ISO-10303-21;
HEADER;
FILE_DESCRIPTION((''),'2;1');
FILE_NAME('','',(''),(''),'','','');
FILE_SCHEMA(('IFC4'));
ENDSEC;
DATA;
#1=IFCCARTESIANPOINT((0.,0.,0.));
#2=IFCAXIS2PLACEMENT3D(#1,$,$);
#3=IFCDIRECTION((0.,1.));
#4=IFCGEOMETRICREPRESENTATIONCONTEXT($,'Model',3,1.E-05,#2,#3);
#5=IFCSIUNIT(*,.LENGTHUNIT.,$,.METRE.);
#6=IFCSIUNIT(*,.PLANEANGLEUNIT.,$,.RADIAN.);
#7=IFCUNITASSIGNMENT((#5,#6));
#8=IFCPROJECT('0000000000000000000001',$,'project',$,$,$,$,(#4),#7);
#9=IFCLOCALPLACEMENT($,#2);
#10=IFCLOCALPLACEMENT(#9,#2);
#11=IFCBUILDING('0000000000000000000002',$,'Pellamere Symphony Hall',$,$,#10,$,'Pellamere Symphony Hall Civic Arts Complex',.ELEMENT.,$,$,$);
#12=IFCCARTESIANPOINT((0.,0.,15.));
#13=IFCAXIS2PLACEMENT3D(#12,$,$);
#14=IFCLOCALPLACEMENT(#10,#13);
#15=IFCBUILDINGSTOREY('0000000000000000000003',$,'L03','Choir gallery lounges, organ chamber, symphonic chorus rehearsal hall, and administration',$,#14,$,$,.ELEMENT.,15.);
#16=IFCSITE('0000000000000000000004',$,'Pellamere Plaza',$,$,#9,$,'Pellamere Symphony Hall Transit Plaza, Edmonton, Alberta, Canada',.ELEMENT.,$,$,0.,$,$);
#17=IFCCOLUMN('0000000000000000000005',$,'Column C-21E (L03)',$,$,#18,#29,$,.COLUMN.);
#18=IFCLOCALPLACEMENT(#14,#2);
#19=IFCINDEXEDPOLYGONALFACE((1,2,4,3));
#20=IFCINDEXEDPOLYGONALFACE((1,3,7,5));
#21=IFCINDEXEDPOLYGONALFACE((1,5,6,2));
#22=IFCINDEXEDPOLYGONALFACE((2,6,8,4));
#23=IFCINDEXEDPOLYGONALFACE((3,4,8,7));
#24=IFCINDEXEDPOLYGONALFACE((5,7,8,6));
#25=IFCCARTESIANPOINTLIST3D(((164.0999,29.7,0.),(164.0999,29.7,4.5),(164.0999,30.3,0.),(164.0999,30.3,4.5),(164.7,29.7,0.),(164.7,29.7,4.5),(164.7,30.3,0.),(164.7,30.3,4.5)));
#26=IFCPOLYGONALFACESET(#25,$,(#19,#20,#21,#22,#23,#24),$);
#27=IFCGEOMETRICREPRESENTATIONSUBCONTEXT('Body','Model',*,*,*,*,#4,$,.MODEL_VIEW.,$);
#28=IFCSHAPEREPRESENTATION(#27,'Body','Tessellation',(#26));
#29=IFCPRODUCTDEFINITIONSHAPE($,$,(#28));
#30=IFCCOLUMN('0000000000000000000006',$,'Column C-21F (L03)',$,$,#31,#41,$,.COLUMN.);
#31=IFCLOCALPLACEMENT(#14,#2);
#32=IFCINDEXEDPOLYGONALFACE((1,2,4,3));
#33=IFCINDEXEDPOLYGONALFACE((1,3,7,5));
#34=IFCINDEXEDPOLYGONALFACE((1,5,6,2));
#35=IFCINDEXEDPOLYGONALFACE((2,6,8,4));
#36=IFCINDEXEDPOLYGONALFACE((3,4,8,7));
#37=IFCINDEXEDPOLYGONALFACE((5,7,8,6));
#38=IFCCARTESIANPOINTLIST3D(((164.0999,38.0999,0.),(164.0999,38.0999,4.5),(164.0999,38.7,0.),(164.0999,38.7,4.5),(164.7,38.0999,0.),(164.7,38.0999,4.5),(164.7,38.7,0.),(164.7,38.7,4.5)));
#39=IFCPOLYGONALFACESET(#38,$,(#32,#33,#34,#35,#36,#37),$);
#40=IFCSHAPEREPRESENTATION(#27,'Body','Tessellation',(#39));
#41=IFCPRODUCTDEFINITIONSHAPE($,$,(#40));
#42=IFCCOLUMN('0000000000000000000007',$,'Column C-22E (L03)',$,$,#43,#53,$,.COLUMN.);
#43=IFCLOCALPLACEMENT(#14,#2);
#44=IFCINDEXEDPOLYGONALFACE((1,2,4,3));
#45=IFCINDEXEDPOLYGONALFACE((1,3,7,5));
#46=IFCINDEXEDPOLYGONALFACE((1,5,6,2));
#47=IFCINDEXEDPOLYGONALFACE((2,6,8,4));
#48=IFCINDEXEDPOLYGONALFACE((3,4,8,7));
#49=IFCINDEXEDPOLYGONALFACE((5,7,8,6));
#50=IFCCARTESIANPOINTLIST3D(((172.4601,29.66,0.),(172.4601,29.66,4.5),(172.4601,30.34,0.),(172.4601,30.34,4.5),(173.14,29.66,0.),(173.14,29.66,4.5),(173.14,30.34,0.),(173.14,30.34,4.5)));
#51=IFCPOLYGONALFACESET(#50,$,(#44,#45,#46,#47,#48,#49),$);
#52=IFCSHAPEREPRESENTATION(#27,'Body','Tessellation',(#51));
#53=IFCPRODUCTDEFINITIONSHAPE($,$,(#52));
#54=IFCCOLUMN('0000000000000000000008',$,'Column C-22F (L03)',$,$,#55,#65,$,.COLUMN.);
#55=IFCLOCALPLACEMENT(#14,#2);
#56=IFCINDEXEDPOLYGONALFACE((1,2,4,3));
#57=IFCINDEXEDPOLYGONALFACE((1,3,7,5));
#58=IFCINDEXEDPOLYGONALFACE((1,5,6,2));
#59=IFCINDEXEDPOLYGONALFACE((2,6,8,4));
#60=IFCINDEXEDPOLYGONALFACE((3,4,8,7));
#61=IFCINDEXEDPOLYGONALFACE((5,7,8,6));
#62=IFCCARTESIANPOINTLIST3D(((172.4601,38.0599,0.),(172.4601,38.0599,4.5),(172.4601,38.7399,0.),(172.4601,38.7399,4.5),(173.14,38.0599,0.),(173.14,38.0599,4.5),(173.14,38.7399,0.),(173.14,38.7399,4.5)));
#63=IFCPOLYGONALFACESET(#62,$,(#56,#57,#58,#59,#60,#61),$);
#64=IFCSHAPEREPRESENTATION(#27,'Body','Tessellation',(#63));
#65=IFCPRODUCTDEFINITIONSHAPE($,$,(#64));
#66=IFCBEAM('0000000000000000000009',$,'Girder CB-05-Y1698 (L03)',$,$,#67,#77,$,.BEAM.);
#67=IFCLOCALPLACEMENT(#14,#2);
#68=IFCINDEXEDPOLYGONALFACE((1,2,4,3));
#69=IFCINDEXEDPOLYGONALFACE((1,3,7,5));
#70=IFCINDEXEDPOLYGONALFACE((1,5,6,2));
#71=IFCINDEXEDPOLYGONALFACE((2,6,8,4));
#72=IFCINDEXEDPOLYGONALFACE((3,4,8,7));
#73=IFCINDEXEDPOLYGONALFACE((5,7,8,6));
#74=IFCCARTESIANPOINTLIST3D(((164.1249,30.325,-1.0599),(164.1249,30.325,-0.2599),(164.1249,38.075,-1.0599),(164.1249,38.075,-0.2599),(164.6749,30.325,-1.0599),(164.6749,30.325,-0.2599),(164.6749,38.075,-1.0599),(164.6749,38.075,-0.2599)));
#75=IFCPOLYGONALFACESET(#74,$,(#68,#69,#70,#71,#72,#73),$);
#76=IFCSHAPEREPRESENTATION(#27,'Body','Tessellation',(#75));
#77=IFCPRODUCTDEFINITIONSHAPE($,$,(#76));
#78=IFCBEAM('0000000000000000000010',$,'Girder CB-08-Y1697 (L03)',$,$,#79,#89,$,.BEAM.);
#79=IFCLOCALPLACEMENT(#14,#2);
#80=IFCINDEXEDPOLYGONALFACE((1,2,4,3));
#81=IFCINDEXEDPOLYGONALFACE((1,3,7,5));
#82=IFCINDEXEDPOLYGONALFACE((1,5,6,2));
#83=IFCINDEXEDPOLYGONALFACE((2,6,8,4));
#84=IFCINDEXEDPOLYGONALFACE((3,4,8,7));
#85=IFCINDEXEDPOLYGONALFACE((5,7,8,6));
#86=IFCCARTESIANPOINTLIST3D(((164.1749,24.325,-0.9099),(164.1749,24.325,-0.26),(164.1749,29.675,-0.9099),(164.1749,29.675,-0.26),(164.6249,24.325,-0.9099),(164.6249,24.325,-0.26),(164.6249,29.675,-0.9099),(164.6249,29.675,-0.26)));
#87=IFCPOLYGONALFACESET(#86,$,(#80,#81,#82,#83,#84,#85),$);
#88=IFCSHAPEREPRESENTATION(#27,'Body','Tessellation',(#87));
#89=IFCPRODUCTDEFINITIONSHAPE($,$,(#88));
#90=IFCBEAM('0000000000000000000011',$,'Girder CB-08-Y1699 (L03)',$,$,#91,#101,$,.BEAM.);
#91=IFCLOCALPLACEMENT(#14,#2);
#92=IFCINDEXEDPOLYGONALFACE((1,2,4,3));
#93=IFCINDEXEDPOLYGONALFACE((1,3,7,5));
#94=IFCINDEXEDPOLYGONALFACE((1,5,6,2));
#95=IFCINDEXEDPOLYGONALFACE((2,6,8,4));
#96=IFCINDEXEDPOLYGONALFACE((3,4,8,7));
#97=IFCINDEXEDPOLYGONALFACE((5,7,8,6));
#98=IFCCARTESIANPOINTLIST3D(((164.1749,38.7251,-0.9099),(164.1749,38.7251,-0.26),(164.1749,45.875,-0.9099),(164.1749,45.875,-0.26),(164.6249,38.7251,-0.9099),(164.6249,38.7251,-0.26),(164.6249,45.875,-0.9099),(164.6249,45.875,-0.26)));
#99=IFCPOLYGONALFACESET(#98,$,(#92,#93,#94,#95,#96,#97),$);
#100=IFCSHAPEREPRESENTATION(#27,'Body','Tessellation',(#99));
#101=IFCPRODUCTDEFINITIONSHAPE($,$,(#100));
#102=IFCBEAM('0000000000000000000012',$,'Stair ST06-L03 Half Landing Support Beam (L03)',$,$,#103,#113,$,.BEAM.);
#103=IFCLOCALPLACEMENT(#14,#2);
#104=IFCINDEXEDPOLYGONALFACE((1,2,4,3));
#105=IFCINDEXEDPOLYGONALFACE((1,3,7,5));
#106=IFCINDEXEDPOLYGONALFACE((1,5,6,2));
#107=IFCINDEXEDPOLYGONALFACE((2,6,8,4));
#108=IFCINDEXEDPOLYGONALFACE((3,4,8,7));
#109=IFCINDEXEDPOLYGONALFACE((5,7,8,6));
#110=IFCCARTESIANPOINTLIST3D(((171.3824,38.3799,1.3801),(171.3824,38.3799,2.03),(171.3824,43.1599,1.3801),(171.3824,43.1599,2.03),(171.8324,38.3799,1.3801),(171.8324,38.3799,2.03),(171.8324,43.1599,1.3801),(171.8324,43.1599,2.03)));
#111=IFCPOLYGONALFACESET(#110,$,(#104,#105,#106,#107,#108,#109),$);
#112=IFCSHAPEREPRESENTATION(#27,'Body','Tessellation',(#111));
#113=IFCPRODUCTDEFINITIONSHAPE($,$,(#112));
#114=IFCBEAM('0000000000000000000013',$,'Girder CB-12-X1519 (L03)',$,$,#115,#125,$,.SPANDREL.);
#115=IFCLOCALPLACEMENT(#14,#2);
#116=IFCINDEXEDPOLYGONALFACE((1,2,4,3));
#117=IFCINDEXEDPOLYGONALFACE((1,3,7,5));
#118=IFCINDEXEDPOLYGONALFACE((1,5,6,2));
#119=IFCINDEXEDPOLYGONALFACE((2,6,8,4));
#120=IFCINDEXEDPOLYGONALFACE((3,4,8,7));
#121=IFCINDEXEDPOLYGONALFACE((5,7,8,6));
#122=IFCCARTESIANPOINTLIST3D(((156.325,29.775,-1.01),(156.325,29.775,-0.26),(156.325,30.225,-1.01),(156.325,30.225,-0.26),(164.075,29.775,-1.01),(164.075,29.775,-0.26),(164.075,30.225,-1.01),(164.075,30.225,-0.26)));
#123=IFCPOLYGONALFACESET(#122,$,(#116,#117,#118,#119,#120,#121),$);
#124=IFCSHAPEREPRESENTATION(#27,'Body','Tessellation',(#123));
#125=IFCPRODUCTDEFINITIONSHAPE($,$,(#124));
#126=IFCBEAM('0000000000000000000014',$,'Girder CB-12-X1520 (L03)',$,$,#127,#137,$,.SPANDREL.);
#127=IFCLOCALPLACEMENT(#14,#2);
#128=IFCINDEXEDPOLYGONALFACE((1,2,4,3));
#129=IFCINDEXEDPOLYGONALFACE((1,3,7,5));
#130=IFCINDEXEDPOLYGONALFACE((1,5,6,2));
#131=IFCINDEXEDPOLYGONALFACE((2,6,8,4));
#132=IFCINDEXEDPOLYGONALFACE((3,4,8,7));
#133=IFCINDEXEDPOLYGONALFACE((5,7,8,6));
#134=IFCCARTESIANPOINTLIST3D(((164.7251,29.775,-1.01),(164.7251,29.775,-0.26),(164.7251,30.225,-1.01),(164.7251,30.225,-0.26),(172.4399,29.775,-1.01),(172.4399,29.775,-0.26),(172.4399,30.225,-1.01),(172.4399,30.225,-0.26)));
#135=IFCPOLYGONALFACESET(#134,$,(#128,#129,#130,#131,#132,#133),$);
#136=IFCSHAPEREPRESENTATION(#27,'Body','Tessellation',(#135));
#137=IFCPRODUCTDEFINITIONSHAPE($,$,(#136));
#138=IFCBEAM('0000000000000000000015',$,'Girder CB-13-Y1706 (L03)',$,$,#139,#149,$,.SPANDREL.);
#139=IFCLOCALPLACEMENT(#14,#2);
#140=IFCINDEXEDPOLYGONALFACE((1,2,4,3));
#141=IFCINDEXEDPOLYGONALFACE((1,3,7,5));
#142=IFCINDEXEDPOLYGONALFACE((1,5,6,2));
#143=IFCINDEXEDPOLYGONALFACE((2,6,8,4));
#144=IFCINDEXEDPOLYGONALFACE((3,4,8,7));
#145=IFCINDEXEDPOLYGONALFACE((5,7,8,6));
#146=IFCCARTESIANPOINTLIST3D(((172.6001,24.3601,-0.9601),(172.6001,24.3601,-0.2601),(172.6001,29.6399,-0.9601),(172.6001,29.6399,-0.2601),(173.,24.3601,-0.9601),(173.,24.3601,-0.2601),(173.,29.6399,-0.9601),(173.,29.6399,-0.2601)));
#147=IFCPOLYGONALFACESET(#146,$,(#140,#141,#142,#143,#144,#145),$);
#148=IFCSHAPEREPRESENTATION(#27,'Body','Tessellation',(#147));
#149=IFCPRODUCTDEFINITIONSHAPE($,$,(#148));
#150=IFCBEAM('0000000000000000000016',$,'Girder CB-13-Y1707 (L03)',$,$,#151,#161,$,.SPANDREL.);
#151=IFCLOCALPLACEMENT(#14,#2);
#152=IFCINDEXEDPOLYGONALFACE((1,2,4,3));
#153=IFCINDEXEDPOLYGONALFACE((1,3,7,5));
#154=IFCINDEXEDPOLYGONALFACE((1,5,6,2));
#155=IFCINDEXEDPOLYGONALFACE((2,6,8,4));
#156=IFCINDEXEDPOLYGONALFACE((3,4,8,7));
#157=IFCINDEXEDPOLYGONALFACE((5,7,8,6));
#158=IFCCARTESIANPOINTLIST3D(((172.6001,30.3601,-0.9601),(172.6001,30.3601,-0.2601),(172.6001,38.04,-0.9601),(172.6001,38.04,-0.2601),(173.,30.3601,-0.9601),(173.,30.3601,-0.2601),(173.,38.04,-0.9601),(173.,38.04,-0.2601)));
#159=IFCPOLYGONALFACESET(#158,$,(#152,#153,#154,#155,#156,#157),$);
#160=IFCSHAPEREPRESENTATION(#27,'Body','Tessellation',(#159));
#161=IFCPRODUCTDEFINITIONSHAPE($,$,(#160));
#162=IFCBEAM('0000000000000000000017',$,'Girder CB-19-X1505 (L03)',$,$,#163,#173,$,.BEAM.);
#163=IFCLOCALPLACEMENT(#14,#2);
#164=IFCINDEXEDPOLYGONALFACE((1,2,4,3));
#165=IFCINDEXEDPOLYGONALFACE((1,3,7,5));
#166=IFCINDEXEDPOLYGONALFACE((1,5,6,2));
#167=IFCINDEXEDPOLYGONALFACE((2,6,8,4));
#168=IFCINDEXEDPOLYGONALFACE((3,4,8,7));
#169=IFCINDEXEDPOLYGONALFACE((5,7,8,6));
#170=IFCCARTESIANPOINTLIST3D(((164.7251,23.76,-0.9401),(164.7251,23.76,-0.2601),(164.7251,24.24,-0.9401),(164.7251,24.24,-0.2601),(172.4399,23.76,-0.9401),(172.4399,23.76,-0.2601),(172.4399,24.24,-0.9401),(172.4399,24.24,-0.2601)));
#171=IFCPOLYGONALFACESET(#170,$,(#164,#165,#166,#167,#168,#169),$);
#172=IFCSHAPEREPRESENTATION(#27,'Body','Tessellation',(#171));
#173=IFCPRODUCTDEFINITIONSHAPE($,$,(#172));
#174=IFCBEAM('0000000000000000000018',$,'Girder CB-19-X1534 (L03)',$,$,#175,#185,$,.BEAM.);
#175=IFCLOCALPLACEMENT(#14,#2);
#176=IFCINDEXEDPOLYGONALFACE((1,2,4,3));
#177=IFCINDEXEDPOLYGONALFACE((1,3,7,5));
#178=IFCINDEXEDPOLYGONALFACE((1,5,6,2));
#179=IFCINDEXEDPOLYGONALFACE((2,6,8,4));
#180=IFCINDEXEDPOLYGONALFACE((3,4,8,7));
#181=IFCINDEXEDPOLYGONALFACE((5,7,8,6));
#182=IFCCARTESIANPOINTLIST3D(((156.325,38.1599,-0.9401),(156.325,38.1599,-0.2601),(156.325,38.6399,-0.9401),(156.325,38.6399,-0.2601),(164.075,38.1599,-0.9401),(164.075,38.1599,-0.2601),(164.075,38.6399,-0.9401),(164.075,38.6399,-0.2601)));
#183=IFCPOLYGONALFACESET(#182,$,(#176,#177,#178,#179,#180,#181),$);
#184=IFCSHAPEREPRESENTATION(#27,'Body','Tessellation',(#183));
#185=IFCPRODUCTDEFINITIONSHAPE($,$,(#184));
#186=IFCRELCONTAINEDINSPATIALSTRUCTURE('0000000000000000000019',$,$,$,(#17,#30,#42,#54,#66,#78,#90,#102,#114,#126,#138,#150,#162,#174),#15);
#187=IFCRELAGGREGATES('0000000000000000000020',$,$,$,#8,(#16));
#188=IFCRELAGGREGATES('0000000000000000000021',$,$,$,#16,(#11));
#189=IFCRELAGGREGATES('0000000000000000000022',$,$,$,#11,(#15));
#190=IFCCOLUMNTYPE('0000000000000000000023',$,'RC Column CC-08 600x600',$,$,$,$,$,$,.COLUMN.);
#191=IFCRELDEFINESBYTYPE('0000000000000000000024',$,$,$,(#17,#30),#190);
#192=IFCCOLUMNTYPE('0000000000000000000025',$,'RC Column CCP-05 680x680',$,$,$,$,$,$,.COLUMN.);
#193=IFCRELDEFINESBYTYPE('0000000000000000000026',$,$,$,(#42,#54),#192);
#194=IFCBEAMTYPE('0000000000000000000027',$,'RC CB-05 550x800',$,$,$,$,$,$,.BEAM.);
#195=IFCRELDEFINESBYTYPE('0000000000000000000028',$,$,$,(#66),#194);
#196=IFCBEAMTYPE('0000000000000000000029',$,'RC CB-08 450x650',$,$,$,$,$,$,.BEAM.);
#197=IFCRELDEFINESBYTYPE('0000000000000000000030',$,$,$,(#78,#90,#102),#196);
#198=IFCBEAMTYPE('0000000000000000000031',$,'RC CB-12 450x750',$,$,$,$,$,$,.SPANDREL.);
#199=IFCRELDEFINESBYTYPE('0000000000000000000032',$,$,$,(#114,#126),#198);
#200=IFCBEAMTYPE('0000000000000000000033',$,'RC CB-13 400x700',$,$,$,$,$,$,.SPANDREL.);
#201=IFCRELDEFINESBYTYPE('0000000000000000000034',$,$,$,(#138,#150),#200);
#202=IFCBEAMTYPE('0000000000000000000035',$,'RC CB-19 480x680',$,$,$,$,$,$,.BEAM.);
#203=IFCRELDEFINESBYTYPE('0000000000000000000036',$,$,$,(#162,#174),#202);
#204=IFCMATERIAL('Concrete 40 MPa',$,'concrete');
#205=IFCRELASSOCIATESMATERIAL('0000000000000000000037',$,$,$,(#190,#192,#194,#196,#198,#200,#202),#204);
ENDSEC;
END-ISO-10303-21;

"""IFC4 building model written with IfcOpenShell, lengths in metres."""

from ifc_helpers import new_model, si_unit, direction, frame, origin, origin_2d, place, context, subcontext, project, spatial, rectangle, extrude, material, material_profile, profile_set, type_object, element, save


model = new_model("IFC4")

# Units and contexts
model_context = context("Model", 3, precision=1e-05, world=origin(), true_north=direction((0.0, 1.0)))
body_context = subcontext(model_context, "Body", "Model", "MODEL_VIEW")
ifc_project = project(units=[si_unit("LENGTHUNIT", "METRE"), si_unit("PLANEANGLEUNIT", "RADIAN")], contexts=[model_context])

# Site, building, storey
site_placement = place(None, origin())
site = spatial("IfcSite", under=ifc_project, at=site_placement, Name="Pellamere Plaza", LongName="Pellamere Symphony Hall Transit Plaza, Edmonton, Alberta, Canada", CompositionType="ELEMENT", RefElevation=0.0)
building_placement = place(site_placement, origin())
building = spatial("IfcBuilding", under=site, at=building_placement, Name="Pellamere Symphony Hall", LongName="Pellamere Symphony Hall Civic Arts Complex", CompositionType="ELEMENT")
storey_placement = place(building_placement, frame((0.0, 0.0, 15.0)))
storey = spatial("IfcBuildingStorey", under=building, at=storey_placement, Name="L03", Description="Choir gallery lounges, organ chamber, symphonic chorus rehearsal hall, and administration", CompositionType="ELEMENT", Elevation=15.0)

# Columns
ifc_material_1 = material(Name="Concrete 40 MPa", Category="concrete")
ifc_material_profile_1 = material_profile(ifc_material_1, rectangle(XDim=0.6001, YDim=0.6001, at=origin_2d()), Name="RC 600x600")
ifc_profile_set_1 = profile_set([ifc_material_profile_1], Name="Concrete 40 MPa")
column_type_1 = type_object("IfcColumnType", Name="RC Column CC-08 600x600", PredefinedType="COLUMN", material=ifc_profile_set_1)
for number, where, z_axis, x_axis, name in (
    (1, (164.3999, 30.0, 0.0), (0.0, 0.0, 1.0), (1.0, 0.0, 0.0), "Column C-21E (L03)"),
    (2, (164.3999, 38.3999, 0.0), (0.0, 0.0, 1.0), (1.0, 0.0, 0.0), "Column C-21F (L03)"),
):
    element("IfcColumn", number, at=place(storey_placement, frame(where, z_axis=z_axis, x_axis=x_axis)), inside=storey, type_object=column_type_1, Name=name, PredefinedType="COLUMN", context=body_context, shape_type="SweptSolid", body=[
        extrude(rectangle(XDim=0.6001, YDim=0.6001, at=origin_2d()), origin(), (0.0, 0.0, 1.0), 4.5),
    ])
ifc_material_profile_2 = material_profile(ifc_material_1, rectangle(XDim=0.6799, YDim=0.6799, at=origin_2d()), Name="RC 680x680")
ifc_profile_set_2 = profile_set([ifc_material_profile_2], Name="Concrete 40 MPa")
column_type_2 = type_object("IfcColumnType", Name="RC Column CCP-05 680x680", PredefinedType="COLUMN", material=ifc_profile_set_2)
for number, where, z_axis, x_axis, name in (
    (3, (172.8, 30.0, 0.0), (0.0, 0.0, 1.0), (1.0, 0.0, 0.0), "Column C-22E (L03)"),
    (4, (172.8, 38.3999, 0.0), (0.0, 0.0, 1.0), (1.0, 0.0, 0.0), "Column C-22F (L03)"),
):
    element("IfcColumn", number, at=place(storey_placement, frame(where, z_axis=z_axis, x_axis=x_axis)), inside=storey, type_object=column_type_2, Name=name, PredefinedType="COLUMN", context=body_context, shape_type="SweptSolid", body=[
        extrude(rectangle(XDim=0.6799, YDim=0.6799, at=origin_2d()), origin(), (0.0, 0.0, 1.0), 4.5),
    ])

# Beams
ifc_material_profile_3 = material_profile(ifc_material_1, rectangle(XDim=0.55, YDim=0.8, at=origin_2d()), Name="RC 550x800")
ifc_profile_set_3 = profile_set([ifc_material_profile_3], Name="Concrete 40 MPa")
beam_type_1 = type_object("IfcBeamType", Name="RC CB-05 550x800", PredefinedType="BEAM", material=ifc_profile_set_3)
beam_1_placement = place(storey_placement, frame((164.3999, 30.325, -0.6599), z_axis=(0.0, 1.0, 0.0), x_axis=(-1.0, 0.0, 0.0)))
element("IfcBeam", 5, at=beam_1_placement, inside=storey, type_object=beam_type_1, Name="Girder CB-05-Y1698 (L03)", PredefinedType="BEAM", context=body_context, shape_type="SweptSolid", body=[
    extrude(rectangle(XDim=0.55, YDim=0.8, at=origin_2d()), origin(), (0.0, 0.0, 1.0), 7.75),
])
ifc_material_profile_4 = material_profile(ifc_material_1, rectangle(XDim=0.45, YDim=0.6499, at=origin_2d()), Name="RC 450x650")
ifc_profile_set_4 = profile_set([ifc_material_profile_4], Name="Concrete 40 MPa")
beam_type_2 = type_object("IfcBeamType", Name="RC CB-08 450x650", PredefinedType="BEAM", material=ifc_profile_set_4)
beam_2_placement = place(storey_placement, frame((164.3999, 24.325, -0.585), z_axis=(0.0, 1.0, 0.0), x_axis=(-1.0, 0.0, 0.0)))
element("IfcBeam", 6, at=beam_2_placement, inside=storey, type_object=beam_type_2, Name="Girder CB-08-Y1697 (L03)", PredefinedType="BEAM", context=body_context, shape_type="SweptSolid", body=[
    extrude(rectangle(XDim=0.45, YDim=0.6499, at=origin_2d()), origin(), (0.0, 0.0, 1.0), 5.3501),
])
beam_3_placement = place(storey_placement, frame((164.3999, 38.7251, -0.585), z_axis=(0.0, 1.0, 0.0), x_axis=(-1.0, 0.0, 0.0)))
element("IfcBeam", 7, at=beam_3_placement, inside=storey, type_object=beam_type_2, Name="Girder CB-08-Y1699 (L03)", PredefinedType="BEAM", context=body_context, shape_type="SweptSolid", body=[
    extrude(rectangle(XDim=0.45, YDim=0.6499, at=origin_2d()), origin(), (0.0, 0.0, 1.0), 7.1499),
])
beam_4_placement = place(storey_placement, frame((171.6074, 38.3799, 1.7051), z_axis=(0.0, 1.0, 0.0), x_axis=(-1.0, 0.0, 0.0)))
element("IfcBeam", 8, at=beam_4_placement, inside=storey, type_object=beam_type_2, Name="Stair ST06-L03 Half Landing Support Beam (L03)", PredefinedType="BEAM", context=body_context, shape_type="SweptSolid", body=[
    extrude(rectangle(XDim=0.45, YDim=0.6499, at=origin_2d()), origin(), (0.0, 0.0, 1.0), 4.78),
])
ifc_material_profile_5 = material_profile(ifc_material_1, rectangle(XDim=0.45, YDim=0.75, at=origin_2d()), Name="RC 450x750")
ifc_profile_set_5 = profile_set([ifc_material_profile_5], Name="Concrete 40 MPa")
beam_type_3 = type_object("IfcBeamType", Name="RC CB-12 450x750", PredefinedType="SPANDREL", material=ifc_profile_set_5)
beam_5_placement = place(storey_placement, frame((156.325, 30.0, -0.635), z_axis=(1.0, 0.0, 0.0), x_axis=(0.0, 1.0, 0.0)))
element("IfcBeam", 9, at=beam_5_placement, inside=storey, type_object=beam_type_3, Name="Girder CB-12-X1519 (L03)", PredefinedType="SPANDREL", context=body_context, shape_type="SweptSolid", body=[
    extrude(rectangle(XDim=0.45, YDim=0.75, at=origin_2d()), origin(), (0.0, 0.0, 1.0), 7.75),
])
beam_6_placement = place(storey_placement, frame((164.7251, 30.0, -0.635), z_axis=(1.0, 0.0, 0.0), x_axis=(0.0, 1.0, 0.0)))
element("IfcBeam", 10, at=beam_6_placement, inside=storey, type_object=beam_type_3, Name="Girder CB-12-X1520 (L03)", PredefinedType="SPANDREL", context=body_context, shape_type="SweptSolid", body=[
    extrude(rectangle(XDim=0.45, YDim=0.75, at=origin_2d()), origin(), (0.0, 0.0, 1.0), 7.7148),
])
ifc_material_profile_6 = material_profile(ifc_material_1, rectangle(XDim=0.3999, YDim=0.7, at=origin_2d()), Name="RC 400x700")
ifc_profile_set_6 = profile_set([ifc_material_profile_6], Name="Concrete 40 MPa")
beam_type_4 = type_object("IfcBeamType", Name="RC CB-13 400x700", PredefinedType="SPANDREL", material=ifc_profile_set_6)
beam_7_placement = place(storey_placement, frame((172.8, 24.3601, -0.6101), z_axis=(0.0, 1.0, 0.0), x_axis=(-1.0, 0.0, 0.0)))
element("IfcBeam", 11, at=beam_7_placement, inside=storey, type_object=beam_type_4, Name="Girder CB-13-Y1706 (L03)", PredefinedType="SPANDREL", context=body_context, shape_type="SweptSolid", body=[
    extrude(rectangle(XDim=0.3999, YDim=0.7, at=origin_2d()), origin(), (0.0, 0.0, 1.0), 5.2798),
])
beam_8_placement = place(storey_placement, frame((172.8, 30.3601, -0.6101), z_axis=(0.0, 1.0, 0.0), x_axis=(-1.0, 0.0, 0.0)))
element("IfcBeam", 12, at=beam_8_placement, inside=storey, type_object=beam_type_4, Name="Girder CB-13-Y1707 (L03)", PredefinedType="SPANDREL", context=body_context, shape_type="SweptSolid", body=[
    extrude(rectangle(XDim=0.3999, YDim=0.7, at=origin_2d()), origin(), (0.0, 0.0, 1.0), 7.6799),
])
ifc_material_profile_7 = material_profile(ifc_material_1, rectangle(XDim=0.48, YDim=0.6799, at=origin_2d()), Name="RC 480x680")
ifc_profile_set_7 = profile_set([ifc_material_profile_7], Name="Concrete 40 MPa")
beam_type_5 = type_object("IfcBeamType", Name="RC CB-19 480x680", PredefinedType="BEAM", material=ifc_profile_set_7)
beam_9_placement = place(storey_placement, frame((164.7251, 24.0, -0.6001), z_axis=(1.0, 0.0, 0.0), x_axis=(0.0, 1.0, 0.0)))
element("IfcBeam", 13, at=beam_9_placement, inside=storey, type_object=beam_type_5, Name="Girder CB-19-X1505 (L03)", PredefinedType="BEAM", context=body_context, shape_type="SweptSolid", body=[
    extrude(rectangle(XDim=0.48, YDim=0.6799, at=origin_2d()), origin(), (0.0, 0.0, 1.0), 7.7148),
])
beam_10_placement = place(storey_placement, frame((156.325, 38.3999, -0.6001), z_axis=(1.0, 0.0, 0.0), x_axis=(0.0, 1.0, 0.0)))
element("IfcBeam", 14, at=beam_10_placement, inside=storey, type_object=beam_type_5, Name="Girder CB-19-X1534 (L03)", PredefinedType="BEAM", context=body_context, shape_type="SweptSolid", body=[
    extrude(rectangle(XDim=0.48, YDim=0.6799, at=origin_2d()), origin(), (0.0, 0.0, 1.0), 7.75),
])

save(model, "model.ifc")
